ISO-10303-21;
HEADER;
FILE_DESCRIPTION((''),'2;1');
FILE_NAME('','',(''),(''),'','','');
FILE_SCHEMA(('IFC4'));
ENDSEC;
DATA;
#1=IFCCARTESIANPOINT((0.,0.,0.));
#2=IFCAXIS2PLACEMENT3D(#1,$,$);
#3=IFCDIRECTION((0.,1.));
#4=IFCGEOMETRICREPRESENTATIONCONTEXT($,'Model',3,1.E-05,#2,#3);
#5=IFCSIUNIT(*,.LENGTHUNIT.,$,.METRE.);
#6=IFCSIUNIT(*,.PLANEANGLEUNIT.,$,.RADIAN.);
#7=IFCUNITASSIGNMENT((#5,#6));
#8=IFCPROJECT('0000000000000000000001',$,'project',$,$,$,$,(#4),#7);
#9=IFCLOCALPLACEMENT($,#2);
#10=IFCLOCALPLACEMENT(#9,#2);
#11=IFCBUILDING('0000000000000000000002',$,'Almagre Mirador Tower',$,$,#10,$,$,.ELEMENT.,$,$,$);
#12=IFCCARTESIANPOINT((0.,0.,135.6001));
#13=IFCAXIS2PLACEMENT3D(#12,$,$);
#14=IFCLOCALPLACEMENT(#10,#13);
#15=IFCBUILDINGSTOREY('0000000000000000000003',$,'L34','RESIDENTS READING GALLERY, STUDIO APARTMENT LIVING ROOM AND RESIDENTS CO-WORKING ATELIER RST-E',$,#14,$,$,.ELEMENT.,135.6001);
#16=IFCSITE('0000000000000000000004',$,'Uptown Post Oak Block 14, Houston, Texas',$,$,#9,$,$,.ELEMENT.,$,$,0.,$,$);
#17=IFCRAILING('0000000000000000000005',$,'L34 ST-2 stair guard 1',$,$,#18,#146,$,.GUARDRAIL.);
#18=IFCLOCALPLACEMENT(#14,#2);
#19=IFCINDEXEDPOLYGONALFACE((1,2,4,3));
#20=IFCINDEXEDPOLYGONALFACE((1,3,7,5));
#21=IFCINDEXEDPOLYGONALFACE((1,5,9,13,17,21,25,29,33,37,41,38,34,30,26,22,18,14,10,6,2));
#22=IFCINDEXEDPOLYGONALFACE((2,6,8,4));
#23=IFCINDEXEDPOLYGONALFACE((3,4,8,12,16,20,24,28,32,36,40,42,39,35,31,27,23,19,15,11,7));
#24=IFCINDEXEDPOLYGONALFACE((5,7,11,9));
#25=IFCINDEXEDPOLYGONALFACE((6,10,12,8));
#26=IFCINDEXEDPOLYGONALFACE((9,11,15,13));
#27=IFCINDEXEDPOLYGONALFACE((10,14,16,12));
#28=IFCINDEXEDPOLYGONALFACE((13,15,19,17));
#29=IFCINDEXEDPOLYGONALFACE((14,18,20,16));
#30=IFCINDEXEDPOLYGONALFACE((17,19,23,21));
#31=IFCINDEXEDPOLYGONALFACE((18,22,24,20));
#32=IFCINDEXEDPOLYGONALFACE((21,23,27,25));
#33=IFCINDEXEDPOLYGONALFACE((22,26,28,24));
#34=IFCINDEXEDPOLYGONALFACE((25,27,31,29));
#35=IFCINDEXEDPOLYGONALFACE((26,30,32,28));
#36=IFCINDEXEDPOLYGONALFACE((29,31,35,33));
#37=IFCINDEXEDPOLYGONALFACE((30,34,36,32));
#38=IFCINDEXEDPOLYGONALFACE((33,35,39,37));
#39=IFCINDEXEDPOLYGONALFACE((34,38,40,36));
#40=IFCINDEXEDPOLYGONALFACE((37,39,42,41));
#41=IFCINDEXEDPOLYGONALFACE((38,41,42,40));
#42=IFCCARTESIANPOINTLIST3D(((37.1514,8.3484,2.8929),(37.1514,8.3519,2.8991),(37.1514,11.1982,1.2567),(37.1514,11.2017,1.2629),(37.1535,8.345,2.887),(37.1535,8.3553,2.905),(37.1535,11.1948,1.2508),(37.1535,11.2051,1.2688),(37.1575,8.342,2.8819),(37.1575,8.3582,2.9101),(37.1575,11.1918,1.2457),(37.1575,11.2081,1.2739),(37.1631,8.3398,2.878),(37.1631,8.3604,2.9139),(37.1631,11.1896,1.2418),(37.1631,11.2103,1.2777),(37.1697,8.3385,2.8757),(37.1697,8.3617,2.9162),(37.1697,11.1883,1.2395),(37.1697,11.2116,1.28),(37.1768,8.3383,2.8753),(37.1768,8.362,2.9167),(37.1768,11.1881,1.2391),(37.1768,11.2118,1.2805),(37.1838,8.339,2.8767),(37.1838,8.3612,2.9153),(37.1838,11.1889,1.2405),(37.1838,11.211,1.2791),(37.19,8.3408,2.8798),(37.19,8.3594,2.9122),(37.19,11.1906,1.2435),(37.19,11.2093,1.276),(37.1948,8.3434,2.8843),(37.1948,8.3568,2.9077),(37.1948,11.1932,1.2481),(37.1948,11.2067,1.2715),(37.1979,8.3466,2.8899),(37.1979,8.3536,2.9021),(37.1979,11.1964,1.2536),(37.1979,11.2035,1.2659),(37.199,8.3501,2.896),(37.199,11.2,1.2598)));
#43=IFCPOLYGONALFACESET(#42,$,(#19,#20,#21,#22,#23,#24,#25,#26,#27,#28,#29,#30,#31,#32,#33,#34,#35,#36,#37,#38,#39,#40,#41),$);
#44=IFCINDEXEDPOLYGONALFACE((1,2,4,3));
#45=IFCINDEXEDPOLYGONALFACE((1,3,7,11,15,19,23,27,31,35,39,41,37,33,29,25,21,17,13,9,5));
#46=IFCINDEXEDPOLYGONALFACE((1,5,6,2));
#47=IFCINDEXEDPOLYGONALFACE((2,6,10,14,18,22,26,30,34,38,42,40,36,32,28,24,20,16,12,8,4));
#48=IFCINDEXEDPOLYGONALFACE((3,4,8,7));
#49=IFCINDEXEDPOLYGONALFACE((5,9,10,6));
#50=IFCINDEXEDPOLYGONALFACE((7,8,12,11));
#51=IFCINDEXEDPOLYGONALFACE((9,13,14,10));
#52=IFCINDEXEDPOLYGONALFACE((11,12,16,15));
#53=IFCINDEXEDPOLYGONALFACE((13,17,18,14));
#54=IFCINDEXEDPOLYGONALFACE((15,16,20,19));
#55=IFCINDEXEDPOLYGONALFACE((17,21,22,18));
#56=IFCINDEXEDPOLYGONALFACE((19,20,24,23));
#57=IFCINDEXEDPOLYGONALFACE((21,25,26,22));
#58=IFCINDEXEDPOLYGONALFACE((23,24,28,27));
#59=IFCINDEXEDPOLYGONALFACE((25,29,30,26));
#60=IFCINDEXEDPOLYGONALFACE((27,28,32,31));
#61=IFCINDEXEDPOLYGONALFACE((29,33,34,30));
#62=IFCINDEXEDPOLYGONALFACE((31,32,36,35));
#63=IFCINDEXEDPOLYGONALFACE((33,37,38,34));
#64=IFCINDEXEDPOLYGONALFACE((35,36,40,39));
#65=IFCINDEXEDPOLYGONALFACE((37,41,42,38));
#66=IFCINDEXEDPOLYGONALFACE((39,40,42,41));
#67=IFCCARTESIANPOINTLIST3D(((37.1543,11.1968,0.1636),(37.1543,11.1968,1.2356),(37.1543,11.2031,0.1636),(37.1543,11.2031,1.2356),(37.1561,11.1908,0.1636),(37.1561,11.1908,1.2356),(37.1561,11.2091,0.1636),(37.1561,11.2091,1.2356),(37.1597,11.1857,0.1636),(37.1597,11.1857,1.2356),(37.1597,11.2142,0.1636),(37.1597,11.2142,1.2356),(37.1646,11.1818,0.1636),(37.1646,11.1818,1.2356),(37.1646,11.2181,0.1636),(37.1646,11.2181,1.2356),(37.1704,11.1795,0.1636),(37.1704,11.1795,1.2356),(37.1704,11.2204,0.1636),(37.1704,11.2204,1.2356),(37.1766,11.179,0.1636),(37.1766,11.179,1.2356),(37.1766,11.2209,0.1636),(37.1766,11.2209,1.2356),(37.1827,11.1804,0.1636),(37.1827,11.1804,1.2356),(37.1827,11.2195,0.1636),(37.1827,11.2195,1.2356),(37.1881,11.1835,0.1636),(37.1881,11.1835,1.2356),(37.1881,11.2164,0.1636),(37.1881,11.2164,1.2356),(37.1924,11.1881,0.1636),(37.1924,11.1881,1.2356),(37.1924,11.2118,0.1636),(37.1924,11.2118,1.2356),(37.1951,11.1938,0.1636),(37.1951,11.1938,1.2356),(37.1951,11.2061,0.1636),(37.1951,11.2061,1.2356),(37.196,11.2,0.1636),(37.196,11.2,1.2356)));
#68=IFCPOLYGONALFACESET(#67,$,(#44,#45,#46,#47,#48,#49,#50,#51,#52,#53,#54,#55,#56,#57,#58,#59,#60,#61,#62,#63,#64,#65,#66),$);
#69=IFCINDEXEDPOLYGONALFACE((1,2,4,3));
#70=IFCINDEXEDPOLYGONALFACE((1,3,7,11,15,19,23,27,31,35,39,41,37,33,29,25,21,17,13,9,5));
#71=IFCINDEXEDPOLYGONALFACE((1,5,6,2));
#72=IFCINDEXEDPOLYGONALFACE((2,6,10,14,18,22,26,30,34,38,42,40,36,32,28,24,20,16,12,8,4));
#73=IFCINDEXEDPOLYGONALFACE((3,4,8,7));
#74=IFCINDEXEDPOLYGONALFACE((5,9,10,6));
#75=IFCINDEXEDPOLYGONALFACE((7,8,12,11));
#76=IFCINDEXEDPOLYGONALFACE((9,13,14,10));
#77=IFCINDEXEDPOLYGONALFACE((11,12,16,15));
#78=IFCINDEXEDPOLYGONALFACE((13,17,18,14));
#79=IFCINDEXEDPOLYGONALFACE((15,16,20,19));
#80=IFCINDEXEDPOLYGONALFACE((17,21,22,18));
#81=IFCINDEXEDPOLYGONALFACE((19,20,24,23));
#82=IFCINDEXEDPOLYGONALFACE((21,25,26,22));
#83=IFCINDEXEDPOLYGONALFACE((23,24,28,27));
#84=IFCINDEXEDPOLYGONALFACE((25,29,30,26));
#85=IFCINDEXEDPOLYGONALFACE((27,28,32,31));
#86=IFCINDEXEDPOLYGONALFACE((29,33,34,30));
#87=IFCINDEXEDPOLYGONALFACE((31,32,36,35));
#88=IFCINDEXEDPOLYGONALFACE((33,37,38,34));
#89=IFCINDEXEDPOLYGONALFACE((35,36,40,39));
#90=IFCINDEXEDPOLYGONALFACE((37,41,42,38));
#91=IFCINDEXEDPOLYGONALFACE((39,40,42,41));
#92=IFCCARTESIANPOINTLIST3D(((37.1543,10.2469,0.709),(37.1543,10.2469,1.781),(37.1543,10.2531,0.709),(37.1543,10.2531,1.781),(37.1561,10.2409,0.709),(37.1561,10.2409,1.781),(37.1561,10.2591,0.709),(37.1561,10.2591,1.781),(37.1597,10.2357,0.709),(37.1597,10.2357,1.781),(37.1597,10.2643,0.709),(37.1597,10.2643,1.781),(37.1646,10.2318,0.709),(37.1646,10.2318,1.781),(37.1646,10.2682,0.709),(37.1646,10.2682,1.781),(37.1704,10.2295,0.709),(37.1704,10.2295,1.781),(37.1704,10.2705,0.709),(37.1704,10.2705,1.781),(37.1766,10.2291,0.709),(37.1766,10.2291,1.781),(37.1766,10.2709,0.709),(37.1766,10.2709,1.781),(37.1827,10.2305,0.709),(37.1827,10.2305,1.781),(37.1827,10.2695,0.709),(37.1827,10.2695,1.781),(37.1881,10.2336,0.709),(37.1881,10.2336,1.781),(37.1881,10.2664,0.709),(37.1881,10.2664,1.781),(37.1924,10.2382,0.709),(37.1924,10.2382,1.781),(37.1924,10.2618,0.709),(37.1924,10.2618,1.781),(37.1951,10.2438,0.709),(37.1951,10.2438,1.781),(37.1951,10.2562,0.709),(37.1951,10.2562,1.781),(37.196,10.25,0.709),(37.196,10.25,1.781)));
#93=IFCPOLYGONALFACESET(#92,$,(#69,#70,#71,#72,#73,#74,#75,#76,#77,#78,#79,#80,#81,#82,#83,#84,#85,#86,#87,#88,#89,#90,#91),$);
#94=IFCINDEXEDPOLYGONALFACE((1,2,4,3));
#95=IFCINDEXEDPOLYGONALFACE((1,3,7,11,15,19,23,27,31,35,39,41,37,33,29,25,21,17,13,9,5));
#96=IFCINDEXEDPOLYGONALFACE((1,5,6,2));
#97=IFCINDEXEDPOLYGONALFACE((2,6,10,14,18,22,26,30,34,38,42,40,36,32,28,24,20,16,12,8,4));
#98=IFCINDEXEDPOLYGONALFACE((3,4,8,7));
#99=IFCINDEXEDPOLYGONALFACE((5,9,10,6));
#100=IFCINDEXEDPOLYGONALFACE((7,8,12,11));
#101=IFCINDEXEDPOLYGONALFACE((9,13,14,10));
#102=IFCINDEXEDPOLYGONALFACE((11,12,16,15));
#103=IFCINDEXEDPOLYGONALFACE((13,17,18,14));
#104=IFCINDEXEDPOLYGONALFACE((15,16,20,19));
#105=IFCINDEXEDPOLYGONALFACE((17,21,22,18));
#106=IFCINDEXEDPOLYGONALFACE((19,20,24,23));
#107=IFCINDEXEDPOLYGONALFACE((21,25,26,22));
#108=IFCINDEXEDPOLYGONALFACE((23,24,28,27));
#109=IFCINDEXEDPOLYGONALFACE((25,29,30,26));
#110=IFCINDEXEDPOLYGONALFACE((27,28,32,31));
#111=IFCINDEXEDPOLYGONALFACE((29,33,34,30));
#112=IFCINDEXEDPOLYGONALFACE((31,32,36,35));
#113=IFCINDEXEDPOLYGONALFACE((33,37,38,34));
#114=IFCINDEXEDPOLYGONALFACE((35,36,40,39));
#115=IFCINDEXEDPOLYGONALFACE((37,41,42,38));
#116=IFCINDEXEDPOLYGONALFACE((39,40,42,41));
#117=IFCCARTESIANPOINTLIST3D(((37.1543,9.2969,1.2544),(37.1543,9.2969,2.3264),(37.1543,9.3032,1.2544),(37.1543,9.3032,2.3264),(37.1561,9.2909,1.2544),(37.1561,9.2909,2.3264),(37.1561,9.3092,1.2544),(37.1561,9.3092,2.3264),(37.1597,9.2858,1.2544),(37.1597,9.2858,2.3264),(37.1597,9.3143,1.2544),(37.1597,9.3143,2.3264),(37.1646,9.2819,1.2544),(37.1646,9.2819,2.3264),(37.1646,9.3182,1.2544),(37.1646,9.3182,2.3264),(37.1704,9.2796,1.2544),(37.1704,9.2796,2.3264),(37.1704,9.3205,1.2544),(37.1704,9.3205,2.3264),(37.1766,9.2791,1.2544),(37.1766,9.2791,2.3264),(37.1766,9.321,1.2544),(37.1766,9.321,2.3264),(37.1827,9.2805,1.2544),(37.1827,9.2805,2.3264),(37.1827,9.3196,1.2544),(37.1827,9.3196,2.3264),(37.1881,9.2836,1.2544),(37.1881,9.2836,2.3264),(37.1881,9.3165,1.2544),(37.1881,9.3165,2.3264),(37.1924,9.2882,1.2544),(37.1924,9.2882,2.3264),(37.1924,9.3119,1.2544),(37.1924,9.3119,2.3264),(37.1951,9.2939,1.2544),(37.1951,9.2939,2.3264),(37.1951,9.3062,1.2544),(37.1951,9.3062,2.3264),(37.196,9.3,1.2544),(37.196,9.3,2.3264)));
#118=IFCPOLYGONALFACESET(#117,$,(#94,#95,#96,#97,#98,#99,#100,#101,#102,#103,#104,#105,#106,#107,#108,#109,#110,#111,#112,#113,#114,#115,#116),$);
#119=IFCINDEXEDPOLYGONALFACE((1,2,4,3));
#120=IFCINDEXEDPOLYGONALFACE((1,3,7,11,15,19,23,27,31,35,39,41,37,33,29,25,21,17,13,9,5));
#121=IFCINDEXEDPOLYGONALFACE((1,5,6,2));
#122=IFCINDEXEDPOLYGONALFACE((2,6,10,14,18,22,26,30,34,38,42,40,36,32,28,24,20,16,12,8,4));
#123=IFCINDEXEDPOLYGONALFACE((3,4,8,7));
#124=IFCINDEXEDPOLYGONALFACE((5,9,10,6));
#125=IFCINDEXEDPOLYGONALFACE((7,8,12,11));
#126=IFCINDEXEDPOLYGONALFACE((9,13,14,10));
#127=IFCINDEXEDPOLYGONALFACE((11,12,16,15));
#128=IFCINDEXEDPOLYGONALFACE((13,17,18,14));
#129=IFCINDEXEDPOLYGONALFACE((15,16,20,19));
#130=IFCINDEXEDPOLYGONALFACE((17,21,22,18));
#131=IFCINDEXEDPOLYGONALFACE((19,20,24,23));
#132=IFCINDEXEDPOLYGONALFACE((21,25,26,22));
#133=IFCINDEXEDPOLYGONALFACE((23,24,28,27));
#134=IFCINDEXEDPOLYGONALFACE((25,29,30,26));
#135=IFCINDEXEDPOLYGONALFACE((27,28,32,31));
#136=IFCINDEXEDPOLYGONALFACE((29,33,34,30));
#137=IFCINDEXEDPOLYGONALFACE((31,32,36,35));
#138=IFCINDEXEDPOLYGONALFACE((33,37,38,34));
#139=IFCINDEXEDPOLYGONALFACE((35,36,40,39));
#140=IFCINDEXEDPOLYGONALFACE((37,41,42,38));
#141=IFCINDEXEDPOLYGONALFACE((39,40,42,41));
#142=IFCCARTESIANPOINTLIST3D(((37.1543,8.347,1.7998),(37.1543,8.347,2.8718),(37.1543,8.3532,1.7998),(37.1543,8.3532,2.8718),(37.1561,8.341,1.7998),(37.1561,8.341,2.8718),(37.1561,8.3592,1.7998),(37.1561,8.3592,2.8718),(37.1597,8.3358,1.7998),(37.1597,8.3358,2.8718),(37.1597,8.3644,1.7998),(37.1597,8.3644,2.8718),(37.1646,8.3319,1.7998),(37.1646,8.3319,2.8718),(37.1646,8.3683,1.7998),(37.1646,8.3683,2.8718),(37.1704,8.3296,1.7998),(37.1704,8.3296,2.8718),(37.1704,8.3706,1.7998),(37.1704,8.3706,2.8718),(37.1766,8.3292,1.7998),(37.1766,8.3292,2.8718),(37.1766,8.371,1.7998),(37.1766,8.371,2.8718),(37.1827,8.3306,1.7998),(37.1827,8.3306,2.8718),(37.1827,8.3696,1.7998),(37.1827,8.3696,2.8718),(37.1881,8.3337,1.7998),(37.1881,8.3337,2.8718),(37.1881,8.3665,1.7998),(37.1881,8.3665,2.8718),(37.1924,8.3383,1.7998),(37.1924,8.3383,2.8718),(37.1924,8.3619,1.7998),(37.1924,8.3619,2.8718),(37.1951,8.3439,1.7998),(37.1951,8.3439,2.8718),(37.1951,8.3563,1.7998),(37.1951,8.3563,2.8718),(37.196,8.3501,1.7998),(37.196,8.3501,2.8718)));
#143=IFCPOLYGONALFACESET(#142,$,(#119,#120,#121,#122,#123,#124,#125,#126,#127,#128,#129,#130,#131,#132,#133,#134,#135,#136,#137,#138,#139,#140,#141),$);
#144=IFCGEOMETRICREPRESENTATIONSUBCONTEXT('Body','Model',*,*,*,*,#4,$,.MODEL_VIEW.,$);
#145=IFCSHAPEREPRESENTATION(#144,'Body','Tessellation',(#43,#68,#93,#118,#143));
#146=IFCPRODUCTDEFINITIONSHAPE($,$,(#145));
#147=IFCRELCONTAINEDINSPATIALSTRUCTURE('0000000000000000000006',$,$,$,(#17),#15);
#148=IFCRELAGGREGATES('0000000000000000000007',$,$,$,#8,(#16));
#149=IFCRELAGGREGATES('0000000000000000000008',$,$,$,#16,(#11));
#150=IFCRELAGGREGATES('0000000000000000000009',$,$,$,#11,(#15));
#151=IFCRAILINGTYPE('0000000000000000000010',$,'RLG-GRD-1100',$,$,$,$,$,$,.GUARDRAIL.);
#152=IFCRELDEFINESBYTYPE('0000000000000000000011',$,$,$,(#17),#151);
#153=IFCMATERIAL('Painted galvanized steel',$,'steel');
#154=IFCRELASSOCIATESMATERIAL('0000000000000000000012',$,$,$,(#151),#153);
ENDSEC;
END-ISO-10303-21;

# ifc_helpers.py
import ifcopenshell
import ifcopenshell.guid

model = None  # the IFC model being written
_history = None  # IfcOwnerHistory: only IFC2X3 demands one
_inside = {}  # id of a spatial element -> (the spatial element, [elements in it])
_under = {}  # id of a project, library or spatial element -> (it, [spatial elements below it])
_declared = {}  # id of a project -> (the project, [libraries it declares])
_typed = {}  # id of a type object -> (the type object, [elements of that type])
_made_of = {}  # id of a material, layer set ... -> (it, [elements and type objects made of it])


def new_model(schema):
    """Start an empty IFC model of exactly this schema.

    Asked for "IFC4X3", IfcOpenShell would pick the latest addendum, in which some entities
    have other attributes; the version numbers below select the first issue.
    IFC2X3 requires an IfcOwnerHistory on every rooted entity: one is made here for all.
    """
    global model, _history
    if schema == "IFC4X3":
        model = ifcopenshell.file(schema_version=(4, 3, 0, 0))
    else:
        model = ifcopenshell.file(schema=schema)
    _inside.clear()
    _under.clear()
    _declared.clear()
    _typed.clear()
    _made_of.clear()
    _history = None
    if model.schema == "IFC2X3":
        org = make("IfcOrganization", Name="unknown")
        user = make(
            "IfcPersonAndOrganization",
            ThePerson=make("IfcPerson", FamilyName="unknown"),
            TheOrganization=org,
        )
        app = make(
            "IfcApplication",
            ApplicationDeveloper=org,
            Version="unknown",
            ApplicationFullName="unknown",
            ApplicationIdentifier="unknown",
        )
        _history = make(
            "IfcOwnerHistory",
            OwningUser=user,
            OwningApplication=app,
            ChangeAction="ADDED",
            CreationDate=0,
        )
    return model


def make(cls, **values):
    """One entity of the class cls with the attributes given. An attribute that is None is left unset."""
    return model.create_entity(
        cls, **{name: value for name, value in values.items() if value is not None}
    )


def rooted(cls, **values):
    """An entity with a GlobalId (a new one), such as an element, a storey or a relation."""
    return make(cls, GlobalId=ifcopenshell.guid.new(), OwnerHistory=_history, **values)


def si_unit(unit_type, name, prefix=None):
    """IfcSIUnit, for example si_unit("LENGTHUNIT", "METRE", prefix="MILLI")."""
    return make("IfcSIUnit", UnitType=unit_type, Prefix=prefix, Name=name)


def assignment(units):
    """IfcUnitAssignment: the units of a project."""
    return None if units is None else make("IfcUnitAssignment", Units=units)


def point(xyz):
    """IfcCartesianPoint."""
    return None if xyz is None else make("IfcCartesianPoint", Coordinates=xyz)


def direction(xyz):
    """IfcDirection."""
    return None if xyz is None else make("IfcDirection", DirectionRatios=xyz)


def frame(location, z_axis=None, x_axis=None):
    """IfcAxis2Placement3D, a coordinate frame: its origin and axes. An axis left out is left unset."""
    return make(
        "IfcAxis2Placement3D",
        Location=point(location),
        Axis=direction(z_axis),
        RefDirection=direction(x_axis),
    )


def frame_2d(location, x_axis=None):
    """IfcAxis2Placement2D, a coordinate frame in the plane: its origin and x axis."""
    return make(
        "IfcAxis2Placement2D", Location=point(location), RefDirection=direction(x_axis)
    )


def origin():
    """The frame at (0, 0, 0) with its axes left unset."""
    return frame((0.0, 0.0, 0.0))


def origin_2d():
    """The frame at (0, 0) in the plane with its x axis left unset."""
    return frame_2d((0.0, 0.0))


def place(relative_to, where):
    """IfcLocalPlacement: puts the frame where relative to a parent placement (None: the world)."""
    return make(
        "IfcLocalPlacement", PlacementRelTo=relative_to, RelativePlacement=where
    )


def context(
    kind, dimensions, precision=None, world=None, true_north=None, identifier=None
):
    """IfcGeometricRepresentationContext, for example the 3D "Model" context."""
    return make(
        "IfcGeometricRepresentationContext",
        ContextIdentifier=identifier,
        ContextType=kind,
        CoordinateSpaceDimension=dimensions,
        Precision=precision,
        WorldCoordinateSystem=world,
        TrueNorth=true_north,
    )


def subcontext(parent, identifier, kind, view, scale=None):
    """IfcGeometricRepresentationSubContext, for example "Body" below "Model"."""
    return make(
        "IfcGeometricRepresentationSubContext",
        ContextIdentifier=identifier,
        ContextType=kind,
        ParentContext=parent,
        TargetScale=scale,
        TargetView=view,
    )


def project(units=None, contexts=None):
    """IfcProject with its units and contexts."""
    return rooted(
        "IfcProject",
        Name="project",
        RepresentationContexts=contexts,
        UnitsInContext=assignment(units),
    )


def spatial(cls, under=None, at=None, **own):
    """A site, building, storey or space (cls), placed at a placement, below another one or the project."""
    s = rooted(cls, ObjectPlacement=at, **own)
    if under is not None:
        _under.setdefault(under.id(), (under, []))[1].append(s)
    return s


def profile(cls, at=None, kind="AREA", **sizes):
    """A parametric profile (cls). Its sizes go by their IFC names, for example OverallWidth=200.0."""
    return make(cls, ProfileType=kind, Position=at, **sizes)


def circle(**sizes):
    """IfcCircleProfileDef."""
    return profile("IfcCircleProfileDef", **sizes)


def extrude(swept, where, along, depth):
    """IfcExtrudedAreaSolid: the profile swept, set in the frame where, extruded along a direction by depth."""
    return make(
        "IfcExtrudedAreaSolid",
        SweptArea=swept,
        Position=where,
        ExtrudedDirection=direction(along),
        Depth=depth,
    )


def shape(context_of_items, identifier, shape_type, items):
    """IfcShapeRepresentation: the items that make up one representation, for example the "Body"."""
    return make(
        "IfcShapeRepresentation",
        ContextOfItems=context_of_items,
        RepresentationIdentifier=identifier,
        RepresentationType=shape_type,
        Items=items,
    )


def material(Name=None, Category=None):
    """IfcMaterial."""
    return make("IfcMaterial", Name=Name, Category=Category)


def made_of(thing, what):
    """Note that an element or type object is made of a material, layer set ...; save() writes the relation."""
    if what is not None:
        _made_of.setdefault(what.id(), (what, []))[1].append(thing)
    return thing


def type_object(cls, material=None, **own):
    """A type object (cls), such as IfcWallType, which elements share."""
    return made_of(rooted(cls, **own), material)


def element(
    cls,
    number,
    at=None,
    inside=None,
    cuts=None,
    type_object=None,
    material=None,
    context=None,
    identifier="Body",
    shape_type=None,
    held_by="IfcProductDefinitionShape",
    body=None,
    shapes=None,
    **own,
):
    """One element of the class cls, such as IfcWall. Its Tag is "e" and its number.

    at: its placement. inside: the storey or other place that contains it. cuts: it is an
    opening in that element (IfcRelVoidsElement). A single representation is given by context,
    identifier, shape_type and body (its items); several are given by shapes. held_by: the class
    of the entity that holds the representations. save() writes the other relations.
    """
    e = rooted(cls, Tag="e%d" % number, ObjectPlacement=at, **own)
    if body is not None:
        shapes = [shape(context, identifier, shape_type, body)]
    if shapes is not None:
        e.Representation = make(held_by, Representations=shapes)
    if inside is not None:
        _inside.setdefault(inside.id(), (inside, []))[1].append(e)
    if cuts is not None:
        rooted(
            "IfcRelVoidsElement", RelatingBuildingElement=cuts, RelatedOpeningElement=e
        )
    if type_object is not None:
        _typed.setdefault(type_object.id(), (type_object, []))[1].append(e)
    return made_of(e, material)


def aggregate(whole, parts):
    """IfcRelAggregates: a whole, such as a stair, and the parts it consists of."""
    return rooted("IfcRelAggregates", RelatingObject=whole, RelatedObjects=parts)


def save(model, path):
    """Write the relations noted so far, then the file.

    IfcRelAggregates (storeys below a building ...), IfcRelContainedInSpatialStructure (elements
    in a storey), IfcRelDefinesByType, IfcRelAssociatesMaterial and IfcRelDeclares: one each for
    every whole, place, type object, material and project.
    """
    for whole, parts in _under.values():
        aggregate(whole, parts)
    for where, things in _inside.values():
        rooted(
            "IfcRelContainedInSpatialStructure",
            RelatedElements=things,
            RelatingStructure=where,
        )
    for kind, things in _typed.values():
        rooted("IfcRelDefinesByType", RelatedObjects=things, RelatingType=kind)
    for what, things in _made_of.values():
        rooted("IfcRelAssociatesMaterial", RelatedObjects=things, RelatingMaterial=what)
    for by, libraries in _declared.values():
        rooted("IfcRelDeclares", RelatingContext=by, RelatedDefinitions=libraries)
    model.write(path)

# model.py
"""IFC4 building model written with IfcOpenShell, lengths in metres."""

from ifc_helpers import new_model, si_unit, direction, frame, origin, origin_2d, place, context, subcontext, project, spatial, circle, extrude, material, type_object, element, save


model = new_model("IFC4")

# Units and contexts
model_context = context("Model", 3, precision=1e-05, world=origin(), true_north=direction((0.0, 1.0)))
body_context = subcontext(model_context, "Body", "Model", "MODEL_VIEW")
ifc_project = project(units=[si_unit("LENGTHUNIT", "METRE"), si_unit("PLANEANGLEUNIT", "RADIAN")], contexts=[model_context])

# Site, building, storey
site_placement = place(None, origin())
site = spatial("IfcSite", under=ifc_project, at=site_placement, Name="Uptown Post Oak Block 14, Houston, Texas", CompositionType="ELEMENT", RefElevation=0.0)
building_placement = place(site_placement, origin())
building = spatial("IfcBuilding", under=site, at=building_placement, Name="Almagre Mirador Tower", CompositionType="ELEMENT")
storey_placement = place(building_placement, frame((0.0, 0.0, 135.6001)))
storey = spatial("IfcBuildingStorey", under=building, at=storey_placement, Name="L34", Description="RESIDENTS READING GALLERY, STUDIO APARTMENT LIVING ROOM AND RESIDENTS CO-WORKING ATELIER RST-E", CompositionType="ELEMENT", Elevation=135.6001)

# Railing
ifc_material_1 = material(Name="Painted galvanized steel", Category="steel")
railing_type_1 = type_object("IfcRailingType", Name="RLG-GRD-1100", PredefinedType="GUARDRAIL", material=ifc_material_1)
railing_1_placement = place(storey_placement, frame((37.175, 11.2, 0.1636)))
element("IfcRailing", 1, at=railing_1_placement, inside=storey, type_object=railing_type_1, Name="L34 ST-2 stair guard 1", PredefinedType="GUARDRAIL", context=body_context, shape_type="SweptSolid", body=[
    extrude(circle(Radius=0.0239, at=origin_2d()), frame((0.0, 0.0, 1.0962), z_axis=(0.0, -0.867226, 0.497914), x_axis=(1.0, 0.0, 0.0)), (0.0, 0.0, 1.0), 3.2861),
    extrude(circle(Radius=0.021, at=origin_2d()), origin(), (0.0, 0.0, 1.0), 1.072),
    extrude(circle(Radius=0.021, at=origin_2d()), frame((0.0, -0.95, 0.5454)), (0.0, 0.0, 1.0), 1.072),
    extrude(circle(Radius=0.021, at=origin_2d()), frame((0.0, -1.8999, 1.0908)), (0.0, 0.0, 1.0), 1.072),
    extrude(circle(Radius=0.021, at=origin_2d()), frame((0.0, -2.8499, 1.6362)), (0.0, 0.0, 1.0), 1.072),
])

save(model, "model.ifc")
